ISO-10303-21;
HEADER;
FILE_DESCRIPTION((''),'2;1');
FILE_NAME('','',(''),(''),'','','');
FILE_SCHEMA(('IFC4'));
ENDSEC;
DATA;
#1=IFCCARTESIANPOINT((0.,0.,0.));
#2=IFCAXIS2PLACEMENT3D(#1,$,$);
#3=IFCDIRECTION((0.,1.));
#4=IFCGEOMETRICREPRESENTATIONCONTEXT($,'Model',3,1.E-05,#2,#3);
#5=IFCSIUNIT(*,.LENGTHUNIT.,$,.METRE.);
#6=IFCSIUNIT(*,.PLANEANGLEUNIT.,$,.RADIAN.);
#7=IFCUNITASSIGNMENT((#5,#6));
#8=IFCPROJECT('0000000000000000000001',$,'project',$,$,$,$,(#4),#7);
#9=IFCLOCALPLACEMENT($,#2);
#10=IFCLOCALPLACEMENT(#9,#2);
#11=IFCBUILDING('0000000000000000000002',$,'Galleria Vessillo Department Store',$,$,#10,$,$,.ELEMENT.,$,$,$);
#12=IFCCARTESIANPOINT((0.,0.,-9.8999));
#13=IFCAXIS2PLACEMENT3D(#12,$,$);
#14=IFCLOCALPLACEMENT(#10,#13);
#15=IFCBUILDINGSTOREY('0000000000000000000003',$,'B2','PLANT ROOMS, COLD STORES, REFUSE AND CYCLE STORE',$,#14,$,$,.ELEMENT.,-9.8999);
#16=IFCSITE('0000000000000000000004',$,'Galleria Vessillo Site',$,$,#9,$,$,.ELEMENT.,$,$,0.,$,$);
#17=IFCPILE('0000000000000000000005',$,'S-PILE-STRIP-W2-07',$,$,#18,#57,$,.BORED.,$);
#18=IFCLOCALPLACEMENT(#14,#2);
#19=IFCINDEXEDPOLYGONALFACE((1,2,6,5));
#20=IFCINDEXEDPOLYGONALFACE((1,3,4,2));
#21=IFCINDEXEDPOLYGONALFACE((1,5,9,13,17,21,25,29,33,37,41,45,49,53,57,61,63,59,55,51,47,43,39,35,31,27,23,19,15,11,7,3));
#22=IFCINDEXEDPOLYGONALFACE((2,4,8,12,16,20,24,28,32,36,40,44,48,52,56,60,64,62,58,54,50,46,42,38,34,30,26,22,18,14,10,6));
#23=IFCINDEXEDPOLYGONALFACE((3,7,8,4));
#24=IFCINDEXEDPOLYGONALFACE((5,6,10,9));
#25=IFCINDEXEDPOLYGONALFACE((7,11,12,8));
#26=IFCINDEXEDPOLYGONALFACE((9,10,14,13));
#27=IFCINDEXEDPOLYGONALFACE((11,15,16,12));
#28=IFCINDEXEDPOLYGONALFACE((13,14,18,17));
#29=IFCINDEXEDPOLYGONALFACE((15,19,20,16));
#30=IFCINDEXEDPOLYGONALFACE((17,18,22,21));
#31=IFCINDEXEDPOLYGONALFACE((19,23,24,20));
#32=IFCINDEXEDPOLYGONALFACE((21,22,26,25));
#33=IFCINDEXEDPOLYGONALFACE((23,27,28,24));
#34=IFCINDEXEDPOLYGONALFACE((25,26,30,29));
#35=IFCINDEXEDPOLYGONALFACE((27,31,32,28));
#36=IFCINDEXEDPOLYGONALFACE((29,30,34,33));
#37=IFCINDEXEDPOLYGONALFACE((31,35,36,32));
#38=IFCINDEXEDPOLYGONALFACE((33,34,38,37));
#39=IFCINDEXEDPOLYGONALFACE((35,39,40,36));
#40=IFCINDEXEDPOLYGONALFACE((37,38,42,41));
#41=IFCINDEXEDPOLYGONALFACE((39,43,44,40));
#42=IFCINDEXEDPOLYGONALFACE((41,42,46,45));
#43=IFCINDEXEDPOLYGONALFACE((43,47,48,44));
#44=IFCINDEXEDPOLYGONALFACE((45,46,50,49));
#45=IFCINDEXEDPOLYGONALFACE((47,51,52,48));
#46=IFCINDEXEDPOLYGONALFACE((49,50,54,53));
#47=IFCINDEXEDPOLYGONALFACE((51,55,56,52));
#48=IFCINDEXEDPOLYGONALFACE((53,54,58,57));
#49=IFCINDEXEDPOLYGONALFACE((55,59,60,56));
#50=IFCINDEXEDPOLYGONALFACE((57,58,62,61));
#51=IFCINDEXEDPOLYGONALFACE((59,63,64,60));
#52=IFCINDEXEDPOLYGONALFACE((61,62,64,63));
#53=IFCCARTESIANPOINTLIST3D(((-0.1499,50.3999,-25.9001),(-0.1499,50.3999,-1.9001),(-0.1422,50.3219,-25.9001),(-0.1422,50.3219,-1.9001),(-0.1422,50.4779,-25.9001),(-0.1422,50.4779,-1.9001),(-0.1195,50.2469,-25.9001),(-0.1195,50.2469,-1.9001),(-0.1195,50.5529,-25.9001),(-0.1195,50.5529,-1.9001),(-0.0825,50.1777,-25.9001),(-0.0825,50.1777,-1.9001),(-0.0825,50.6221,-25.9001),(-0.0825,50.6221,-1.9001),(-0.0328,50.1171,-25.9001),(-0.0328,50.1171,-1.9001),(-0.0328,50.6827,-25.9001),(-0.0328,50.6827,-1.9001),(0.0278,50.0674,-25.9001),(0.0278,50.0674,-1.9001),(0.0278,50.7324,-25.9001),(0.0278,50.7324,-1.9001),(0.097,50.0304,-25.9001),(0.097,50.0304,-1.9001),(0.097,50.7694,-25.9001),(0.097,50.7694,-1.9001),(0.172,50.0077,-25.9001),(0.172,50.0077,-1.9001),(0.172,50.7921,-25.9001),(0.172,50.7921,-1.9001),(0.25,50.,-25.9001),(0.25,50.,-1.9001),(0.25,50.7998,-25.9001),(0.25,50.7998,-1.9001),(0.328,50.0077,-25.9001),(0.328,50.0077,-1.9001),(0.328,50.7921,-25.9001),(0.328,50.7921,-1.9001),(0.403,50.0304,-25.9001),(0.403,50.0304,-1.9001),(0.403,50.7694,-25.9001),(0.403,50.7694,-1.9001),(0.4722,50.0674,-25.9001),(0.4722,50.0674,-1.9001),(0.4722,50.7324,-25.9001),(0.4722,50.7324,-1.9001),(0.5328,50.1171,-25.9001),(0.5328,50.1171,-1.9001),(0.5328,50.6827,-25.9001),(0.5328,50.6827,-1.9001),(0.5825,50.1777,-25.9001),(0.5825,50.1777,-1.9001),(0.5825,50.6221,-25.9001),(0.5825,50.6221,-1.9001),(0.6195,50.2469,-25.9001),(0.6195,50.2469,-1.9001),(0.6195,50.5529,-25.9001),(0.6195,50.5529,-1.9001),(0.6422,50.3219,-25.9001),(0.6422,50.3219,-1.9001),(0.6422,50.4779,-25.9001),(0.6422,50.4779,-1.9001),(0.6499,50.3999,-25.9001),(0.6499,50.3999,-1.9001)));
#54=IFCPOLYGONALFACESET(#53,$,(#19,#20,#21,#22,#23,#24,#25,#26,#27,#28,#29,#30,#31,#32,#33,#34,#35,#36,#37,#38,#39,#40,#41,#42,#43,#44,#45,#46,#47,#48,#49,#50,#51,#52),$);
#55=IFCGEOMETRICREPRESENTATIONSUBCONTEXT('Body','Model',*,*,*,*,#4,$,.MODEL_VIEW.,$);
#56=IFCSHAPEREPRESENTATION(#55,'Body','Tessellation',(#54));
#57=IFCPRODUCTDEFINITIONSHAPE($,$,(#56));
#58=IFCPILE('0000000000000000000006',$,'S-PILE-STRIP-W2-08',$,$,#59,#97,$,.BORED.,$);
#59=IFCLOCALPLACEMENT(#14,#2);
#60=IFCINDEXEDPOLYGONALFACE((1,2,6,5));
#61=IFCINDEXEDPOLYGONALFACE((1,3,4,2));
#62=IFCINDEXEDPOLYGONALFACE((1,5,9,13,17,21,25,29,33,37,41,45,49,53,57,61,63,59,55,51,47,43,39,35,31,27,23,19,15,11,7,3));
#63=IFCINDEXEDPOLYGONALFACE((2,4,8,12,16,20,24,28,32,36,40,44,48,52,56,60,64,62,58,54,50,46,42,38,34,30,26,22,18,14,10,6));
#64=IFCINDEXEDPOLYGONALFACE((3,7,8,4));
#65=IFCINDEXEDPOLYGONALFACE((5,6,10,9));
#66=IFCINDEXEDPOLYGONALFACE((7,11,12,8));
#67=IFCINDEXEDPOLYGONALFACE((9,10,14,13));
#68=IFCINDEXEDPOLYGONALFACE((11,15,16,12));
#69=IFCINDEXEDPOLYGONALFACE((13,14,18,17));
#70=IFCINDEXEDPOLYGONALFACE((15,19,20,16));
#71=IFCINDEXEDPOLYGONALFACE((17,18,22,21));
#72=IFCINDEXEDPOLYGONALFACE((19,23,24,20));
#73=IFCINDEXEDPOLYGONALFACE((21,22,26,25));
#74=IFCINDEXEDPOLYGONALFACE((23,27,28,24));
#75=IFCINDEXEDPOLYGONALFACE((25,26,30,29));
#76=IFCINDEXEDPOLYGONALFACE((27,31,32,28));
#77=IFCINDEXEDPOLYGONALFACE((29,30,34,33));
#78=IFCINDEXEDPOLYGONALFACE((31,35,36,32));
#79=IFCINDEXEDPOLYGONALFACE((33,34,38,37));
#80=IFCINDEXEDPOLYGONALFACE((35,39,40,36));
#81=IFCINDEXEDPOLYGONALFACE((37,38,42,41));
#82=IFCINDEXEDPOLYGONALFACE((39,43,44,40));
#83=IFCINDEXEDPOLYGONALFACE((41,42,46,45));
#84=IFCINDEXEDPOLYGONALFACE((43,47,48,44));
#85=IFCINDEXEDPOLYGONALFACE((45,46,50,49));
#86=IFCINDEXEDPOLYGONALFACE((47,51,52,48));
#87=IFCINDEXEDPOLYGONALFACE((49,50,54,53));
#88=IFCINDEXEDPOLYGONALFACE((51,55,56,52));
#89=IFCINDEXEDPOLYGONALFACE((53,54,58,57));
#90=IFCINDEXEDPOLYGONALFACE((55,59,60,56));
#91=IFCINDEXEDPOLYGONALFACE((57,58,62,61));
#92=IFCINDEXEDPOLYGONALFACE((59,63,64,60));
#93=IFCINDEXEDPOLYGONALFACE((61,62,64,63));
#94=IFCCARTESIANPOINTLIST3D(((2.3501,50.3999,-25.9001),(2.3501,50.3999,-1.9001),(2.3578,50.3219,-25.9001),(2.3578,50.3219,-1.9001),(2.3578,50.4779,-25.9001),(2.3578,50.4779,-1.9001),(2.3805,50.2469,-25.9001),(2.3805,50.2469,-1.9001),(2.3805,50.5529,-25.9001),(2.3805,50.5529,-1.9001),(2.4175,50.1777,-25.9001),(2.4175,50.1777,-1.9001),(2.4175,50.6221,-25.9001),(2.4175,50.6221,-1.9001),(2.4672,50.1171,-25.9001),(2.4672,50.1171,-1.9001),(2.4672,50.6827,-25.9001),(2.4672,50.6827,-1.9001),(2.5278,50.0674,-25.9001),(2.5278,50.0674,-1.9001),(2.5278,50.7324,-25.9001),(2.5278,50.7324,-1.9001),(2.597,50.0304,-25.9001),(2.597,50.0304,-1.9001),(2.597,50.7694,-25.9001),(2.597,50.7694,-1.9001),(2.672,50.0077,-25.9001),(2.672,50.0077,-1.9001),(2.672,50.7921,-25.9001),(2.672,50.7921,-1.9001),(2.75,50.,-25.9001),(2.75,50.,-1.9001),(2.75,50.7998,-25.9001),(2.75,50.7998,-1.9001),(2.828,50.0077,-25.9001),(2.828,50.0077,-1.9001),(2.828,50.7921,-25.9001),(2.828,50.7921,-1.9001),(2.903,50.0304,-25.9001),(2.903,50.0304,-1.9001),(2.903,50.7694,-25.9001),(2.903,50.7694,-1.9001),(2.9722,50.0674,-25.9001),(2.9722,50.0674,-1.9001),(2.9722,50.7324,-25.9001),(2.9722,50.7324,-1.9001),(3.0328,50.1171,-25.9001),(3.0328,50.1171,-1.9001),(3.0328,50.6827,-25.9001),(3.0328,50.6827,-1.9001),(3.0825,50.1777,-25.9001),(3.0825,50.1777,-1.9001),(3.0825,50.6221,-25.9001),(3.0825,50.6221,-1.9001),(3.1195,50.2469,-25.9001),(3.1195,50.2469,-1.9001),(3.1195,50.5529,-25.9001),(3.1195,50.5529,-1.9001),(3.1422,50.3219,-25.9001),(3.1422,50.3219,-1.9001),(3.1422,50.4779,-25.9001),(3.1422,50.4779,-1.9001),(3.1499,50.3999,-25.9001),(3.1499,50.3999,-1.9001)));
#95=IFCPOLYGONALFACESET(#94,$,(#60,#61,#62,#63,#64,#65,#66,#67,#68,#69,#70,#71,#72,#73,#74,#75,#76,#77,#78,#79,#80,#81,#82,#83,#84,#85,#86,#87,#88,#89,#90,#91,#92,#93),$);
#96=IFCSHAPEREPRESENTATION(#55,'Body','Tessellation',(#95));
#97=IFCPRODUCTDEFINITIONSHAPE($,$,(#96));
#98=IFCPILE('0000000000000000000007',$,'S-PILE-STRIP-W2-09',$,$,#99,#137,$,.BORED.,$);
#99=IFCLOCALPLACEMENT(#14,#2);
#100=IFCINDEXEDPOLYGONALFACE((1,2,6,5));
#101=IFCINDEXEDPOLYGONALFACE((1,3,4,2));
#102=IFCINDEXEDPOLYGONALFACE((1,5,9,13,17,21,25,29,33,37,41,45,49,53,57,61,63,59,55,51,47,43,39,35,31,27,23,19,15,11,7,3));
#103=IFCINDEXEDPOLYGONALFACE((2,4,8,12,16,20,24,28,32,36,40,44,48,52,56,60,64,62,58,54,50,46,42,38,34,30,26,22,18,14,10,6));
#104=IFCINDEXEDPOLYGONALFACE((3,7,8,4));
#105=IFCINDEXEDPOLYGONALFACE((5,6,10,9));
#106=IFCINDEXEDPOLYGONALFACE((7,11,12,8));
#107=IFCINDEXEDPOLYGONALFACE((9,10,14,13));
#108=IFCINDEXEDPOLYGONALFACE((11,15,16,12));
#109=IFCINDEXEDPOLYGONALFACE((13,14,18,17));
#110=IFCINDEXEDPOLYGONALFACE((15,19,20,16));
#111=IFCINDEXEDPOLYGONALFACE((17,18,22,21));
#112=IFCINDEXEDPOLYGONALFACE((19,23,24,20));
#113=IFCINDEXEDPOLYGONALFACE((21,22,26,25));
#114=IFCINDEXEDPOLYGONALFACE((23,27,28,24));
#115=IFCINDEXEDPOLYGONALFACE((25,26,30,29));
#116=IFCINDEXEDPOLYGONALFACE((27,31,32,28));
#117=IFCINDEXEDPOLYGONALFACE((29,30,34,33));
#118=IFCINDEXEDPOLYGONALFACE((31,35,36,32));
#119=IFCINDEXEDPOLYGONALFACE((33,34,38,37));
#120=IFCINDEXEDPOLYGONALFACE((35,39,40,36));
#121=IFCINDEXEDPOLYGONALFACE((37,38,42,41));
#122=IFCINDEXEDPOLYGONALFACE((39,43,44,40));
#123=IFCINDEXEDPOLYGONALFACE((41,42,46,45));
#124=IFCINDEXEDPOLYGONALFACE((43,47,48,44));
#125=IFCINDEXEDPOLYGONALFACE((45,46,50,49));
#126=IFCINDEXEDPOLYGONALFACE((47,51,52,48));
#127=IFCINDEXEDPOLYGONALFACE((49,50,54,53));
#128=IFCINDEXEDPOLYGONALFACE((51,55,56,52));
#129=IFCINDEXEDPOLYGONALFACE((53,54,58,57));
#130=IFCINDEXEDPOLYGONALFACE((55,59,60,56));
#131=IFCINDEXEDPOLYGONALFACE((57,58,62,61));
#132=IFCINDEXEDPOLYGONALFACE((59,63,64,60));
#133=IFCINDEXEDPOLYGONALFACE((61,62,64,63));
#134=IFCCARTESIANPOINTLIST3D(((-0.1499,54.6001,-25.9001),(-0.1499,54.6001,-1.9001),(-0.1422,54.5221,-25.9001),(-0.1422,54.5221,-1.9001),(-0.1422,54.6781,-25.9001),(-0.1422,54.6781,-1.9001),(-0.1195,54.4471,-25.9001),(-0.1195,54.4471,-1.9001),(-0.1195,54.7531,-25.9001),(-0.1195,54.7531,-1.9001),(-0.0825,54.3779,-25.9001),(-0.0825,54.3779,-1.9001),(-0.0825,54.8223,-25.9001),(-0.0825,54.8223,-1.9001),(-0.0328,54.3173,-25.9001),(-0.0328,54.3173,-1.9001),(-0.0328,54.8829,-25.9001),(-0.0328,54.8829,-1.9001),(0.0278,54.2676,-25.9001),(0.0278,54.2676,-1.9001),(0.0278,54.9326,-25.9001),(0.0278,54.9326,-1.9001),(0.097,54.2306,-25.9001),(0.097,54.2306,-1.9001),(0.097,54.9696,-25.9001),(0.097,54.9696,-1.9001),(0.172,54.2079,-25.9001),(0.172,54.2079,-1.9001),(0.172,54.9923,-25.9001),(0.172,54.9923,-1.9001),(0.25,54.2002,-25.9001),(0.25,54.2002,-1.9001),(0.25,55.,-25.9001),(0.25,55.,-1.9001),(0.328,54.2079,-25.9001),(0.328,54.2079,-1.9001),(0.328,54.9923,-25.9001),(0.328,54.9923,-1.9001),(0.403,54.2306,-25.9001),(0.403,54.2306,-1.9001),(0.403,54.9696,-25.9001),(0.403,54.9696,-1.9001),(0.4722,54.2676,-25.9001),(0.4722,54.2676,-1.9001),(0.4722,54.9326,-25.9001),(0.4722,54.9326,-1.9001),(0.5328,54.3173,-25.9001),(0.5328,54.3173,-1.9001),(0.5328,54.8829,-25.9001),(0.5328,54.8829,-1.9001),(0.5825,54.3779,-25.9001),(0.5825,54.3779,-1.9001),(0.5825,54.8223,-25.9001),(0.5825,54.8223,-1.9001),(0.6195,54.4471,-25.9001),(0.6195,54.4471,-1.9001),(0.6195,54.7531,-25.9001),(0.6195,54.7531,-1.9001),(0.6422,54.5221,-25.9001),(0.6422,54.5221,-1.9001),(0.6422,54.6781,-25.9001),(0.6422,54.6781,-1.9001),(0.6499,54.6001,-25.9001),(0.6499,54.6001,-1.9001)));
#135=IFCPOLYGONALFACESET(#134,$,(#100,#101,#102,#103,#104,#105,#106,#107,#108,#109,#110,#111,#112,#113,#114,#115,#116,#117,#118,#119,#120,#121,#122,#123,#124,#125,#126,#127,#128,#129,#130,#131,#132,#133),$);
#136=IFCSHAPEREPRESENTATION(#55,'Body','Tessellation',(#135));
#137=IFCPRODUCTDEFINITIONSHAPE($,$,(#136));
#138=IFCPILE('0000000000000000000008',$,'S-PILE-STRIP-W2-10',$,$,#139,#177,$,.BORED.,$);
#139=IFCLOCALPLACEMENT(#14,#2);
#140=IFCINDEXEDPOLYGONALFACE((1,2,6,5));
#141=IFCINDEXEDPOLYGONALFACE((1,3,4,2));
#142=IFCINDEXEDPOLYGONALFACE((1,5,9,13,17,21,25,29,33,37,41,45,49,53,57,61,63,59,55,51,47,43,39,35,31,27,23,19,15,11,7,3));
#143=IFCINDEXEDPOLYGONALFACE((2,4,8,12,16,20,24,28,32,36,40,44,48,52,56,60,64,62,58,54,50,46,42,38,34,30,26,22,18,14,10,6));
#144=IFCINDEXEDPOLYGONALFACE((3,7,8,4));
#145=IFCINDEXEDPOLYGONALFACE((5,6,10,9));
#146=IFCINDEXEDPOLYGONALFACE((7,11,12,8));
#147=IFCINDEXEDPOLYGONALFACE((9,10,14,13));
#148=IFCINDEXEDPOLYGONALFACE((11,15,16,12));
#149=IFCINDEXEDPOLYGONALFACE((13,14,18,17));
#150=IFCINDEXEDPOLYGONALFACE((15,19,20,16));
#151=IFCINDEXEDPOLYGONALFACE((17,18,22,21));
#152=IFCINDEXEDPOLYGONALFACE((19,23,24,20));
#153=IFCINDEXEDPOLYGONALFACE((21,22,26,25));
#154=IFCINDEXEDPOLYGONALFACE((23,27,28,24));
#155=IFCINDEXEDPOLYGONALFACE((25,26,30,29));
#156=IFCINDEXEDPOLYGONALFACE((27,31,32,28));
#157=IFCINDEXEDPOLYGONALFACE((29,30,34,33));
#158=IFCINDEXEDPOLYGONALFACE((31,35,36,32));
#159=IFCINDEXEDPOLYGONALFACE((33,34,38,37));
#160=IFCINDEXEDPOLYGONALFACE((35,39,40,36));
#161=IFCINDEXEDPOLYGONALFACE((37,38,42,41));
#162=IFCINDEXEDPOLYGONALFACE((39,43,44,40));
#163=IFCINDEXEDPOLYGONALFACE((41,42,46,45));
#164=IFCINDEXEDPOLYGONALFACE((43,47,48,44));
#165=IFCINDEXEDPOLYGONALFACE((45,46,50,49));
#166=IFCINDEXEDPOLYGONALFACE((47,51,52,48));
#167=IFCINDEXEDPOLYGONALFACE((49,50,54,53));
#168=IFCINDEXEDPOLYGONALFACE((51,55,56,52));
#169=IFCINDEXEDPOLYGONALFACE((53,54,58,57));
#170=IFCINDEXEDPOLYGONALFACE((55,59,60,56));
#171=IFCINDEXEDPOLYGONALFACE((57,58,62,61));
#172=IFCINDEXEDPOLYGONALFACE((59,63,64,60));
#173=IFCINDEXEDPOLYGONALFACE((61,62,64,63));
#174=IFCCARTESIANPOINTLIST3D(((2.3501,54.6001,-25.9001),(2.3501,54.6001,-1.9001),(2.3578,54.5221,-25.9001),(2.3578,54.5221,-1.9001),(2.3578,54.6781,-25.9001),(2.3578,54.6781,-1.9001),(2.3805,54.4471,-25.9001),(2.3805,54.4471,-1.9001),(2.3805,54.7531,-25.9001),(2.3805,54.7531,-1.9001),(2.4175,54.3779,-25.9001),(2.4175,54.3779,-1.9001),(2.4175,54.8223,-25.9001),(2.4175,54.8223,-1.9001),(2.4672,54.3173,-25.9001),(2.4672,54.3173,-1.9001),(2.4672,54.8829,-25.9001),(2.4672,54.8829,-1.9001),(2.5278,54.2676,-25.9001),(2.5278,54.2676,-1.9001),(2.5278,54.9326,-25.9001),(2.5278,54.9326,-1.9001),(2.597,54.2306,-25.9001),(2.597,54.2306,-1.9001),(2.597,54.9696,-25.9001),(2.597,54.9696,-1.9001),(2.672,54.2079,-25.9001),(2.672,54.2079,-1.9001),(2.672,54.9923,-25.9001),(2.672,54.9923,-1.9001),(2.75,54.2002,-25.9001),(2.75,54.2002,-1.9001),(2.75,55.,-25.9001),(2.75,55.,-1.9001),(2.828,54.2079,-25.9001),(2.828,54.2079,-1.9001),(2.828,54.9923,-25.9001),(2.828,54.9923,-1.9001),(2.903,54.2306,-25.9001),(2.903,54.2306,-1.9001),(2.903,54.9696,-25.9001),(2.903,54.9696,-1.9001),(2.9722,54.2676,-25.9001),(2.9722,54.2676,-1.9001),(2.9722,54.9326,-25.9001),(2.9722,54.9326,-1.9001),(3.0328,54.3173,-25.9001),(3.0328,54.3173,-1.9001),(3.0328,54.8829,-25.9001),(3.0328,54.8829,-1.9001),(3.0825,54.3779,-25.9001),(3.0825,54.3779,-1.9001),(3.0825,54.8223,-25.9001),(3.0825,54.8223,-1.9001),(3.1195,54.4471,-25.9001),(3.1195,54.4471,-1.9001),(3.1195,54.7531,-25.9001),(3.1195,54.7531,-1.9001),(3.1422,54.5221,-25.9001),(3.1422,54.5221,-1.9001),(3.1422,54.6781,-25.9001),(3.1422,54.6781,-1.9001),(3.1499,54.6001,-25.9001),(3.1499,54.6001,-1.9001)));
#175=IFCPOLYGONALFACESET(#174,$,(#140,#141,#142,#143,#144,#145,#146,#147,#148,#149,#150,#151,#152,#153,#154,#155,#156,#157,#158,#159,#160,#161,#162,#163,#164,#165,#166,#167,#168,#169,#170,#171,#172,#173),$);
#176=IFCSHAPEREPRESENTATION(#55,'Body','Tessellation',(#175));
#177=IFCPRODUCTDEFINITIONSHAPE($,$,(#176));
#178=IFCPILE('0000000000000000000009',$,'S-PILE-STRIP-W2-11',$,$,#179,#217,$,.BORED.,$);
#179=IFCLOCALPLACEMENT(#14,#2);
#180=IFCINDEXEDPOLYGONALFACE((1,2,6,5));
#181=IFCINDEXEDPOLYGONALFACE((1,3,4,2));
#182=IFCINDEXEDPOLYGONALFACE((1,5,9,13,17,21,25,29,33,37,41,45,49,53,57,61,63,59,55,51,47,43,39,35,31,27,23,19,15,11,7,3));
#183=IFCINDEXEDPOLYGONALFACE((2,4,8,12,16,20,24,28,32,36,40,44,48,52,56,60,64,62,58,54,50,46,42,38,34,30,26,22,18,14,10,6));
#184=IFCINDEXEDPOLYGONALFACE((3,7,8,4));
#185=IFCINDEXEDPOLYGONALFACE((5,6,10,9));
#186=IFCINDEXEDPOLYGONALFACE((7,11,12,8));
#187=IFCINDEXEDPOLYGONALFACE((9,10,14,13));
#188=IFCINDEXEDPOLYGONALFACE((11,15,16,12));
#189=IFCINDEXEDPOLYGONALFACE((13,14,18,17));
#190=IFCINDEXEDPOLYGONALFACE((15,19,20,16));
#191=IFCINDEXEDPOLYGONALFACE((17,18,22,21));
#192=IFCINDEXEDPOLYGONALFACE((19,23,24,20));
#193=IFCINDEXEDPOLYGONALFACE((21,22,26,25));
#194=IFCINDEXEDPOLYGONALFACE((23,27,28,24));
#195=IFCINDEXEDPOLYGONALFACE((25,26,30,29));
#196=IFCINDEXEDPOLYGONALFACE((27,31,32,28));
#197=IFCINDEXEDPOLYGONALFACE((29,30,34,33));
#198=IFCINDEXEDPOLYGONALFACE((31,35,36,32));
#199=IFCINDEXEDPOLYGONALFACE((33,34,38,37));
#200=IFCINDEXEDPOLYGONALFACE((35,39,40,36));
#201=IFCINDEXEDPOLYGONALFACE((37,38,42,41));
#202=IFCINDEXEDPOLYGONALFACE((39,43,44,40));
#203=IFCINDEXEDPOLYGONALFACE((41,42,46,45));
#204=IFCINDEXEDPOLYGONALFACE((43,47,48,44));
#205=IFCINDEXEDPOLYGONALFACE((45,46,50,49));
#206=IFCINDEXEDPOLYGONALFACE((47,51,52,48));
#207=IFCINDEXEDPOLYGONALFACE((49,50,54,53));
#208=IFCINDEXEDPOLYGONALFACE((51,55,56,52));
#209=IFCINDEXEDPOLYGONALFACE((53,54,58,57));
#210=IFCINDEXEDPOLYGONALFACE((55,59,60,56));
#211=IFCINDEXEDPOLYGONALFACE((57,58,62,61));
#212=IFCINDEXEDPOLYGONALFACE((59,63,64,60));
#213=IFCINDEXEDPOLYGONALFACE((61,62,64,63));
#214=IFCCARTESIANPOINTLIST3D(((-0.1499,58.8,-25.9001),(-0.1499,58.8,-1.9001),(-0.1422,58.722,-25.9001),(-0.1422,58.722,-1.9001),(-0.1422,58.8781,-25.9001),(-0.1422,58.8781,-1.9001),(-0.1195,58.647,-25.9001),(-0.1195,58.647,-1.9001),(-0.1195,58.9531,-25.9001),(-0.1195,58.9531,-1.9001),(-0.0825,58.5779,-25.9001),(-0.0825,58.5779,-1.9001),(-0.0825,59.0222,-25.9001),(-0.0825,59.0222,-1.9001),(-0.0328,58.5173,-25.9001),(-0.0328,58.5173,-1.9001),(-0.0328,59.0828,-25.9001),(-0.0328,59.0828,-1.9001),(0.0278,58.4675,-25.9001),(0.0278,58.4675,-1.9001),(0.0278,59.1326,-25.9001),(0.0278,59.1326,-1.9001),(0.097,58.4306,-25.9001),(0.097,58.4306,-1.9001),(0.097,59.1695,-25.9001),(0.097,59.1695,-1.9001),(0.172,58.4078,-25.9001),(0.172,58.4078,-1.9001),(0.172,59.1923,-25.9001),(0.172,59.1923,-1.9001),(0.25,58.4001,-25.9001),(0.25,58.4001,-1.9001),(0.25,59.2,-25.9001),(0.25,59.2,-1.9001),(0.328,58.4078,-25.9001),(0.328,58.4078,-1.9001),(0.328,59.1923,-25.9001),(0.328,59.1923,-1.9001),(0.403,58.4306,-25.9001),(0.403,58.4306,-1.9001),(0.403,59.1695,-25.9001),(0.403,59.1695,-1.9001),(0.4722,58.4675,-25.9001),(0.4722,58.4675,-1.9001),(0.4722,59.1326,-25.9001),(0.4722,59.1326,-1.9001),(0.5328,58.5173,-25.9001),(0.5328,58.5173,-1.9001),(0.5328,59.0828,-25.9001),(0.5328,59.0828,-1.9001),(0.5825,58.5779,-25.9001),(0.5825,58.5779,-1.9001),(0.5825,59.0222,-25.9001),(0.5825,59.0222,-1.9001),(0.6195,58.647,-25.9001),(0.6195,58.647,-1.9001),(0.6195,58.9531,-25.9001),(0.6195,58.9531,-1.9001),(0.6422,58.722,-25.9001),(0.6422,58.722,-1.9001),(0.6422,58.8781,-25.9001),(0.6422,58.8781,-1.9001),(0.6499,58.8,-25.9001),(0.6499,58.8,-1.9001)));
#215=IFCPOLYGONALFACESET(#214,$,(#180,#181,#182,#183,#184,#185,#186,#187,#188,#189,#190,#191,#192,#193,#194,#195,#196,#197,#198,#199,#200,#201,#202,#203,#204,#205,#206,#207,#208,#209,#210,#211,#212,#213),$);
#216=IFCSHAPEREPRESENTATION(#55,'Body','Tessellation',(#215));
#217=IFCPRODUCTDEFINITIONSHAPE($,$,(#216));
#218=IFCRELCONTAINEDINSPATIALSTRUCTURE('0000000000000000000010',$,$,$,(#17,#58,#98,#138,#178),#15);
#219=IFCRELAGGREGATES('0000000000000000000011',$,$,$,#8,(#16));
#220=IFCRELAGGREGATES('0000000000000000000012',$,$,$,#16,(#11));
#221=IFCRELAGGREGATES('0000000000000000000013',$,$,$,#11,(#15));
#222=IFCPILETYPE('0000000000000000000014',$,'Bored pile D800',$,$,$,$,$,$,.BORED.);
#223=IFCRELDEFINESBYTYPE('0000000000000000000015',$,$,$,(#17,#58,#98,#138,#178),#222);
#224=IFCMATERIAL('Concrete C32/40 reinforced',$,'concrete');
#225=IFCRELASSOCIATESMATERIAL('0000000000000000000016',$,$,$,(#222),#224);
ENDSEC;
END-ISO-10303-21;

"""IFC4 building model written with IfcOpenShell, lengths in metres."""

from ifc_helpers import new_model, si_unit, direction, frame, origin, origin_2d, place, context, subcontext, project, spatial, circle, extrude, material, material_profile, profile_set, type_object, element, save


model = new_model("IFC4")

# Units and contexts
model_context = context("Model", 3, precision=1e-05, world=origin(), true_north=direction((0.0, 1.0)))
body_context = subcontext(model_context, "Body", "Model", "MODEL_VIEW")
ifc_project = project(units=[si_unit("LENGTHUNIT", "METRE"), si_unit("PLANEANGLEUNIT", "RADIAN")], contexts=[model_context])

# Site, building, storey
site_placement = place(None, origin())
site = spatial("IfcSite", under=ifc_project, at=site_placement, Name="Galleria Vessillo Site", CompositionType="ELEMENT", RefElevation=0.0)
building_placement = place(site_placement, origin())
building = spatial("IfcBuilding", under=site, at=building_placement, Name="Galleria Vessillo Department Store", CompositionType="ELEMENT")
storey_placement = place(building_placement, frame((0.0, 0.0, -9.8999)))
storey = spatial("IfcBuildingStorey", under=building, at=storey_placement, Name="B2", Description="PLANT ROOMS, COLD STORES, REFUSE AND CYCLE STORE", CompositionType="ELEMENT", Elevation=-9.8999)

# Piles
ifc_material_1 = material(Name="Concrete C32/40 reinforced", Category="concrete")
ifc_material_profile_1 = material_profile(ifc_material_1, circle(Radius=0.3999, at=origin_2d()), Name="Bored pile D800")
ifc_profile_set_1 = profile_set([ifc_material_profile_1], Name="Concrete C32/40 reinforced")
pile_type = type_object("IfcPileType", Name="Bored pile D800", PredefinedType="BORED", material=ifc_profile_set_1)
for number, where, z_axis, x_axis, name in (
    (1, (0.25, 50.3999, -1.9001), (0.0, 0.0, -1.0), (1.0, 0.0, 0.0), "S-PILE-STRIP-W2-07"),
    (2, (2.75, 50.3999, -1.9001), (0.0, 0.0, -1.0), (1.0, 0.0, 0.0), "S-PILE-STRIP-W2-08"),
    (3, (0.25, 54.6001, -1.9001), (0.0, 0.0, -1.0), (1.0, 0.0, 0.0), "S-PILE-STRIP-W2-09"),
    (4, (2.75, 54.6001, -1.9001), (0.0, 0.0, -1.0), (1.0, 0.0, 0.0), "S-PILE-STRIP-W2-10"),
    (5, (0.25, 58.8, -1.9001), (0.0, 0.0, -1.0), (1.0, 0.0, 0.0), "S-PILE-STRIP-W2-11"),
):
    element("IfcPile", number, at=place(storey_placement, frame(where, z_axis=z_axis, x_axis=x_axis)), inside=storey, type_object=pile_type, Name=name, PredefinedType="BORED", context=body_context, shape_type="SweptSolid", body=[
        extrude(circle(Radius=0.3999, at=origin_2d()), origin(), (0.0, 0.0, 1.0), 24.0),
    ])

save(model, "model.ifc")
